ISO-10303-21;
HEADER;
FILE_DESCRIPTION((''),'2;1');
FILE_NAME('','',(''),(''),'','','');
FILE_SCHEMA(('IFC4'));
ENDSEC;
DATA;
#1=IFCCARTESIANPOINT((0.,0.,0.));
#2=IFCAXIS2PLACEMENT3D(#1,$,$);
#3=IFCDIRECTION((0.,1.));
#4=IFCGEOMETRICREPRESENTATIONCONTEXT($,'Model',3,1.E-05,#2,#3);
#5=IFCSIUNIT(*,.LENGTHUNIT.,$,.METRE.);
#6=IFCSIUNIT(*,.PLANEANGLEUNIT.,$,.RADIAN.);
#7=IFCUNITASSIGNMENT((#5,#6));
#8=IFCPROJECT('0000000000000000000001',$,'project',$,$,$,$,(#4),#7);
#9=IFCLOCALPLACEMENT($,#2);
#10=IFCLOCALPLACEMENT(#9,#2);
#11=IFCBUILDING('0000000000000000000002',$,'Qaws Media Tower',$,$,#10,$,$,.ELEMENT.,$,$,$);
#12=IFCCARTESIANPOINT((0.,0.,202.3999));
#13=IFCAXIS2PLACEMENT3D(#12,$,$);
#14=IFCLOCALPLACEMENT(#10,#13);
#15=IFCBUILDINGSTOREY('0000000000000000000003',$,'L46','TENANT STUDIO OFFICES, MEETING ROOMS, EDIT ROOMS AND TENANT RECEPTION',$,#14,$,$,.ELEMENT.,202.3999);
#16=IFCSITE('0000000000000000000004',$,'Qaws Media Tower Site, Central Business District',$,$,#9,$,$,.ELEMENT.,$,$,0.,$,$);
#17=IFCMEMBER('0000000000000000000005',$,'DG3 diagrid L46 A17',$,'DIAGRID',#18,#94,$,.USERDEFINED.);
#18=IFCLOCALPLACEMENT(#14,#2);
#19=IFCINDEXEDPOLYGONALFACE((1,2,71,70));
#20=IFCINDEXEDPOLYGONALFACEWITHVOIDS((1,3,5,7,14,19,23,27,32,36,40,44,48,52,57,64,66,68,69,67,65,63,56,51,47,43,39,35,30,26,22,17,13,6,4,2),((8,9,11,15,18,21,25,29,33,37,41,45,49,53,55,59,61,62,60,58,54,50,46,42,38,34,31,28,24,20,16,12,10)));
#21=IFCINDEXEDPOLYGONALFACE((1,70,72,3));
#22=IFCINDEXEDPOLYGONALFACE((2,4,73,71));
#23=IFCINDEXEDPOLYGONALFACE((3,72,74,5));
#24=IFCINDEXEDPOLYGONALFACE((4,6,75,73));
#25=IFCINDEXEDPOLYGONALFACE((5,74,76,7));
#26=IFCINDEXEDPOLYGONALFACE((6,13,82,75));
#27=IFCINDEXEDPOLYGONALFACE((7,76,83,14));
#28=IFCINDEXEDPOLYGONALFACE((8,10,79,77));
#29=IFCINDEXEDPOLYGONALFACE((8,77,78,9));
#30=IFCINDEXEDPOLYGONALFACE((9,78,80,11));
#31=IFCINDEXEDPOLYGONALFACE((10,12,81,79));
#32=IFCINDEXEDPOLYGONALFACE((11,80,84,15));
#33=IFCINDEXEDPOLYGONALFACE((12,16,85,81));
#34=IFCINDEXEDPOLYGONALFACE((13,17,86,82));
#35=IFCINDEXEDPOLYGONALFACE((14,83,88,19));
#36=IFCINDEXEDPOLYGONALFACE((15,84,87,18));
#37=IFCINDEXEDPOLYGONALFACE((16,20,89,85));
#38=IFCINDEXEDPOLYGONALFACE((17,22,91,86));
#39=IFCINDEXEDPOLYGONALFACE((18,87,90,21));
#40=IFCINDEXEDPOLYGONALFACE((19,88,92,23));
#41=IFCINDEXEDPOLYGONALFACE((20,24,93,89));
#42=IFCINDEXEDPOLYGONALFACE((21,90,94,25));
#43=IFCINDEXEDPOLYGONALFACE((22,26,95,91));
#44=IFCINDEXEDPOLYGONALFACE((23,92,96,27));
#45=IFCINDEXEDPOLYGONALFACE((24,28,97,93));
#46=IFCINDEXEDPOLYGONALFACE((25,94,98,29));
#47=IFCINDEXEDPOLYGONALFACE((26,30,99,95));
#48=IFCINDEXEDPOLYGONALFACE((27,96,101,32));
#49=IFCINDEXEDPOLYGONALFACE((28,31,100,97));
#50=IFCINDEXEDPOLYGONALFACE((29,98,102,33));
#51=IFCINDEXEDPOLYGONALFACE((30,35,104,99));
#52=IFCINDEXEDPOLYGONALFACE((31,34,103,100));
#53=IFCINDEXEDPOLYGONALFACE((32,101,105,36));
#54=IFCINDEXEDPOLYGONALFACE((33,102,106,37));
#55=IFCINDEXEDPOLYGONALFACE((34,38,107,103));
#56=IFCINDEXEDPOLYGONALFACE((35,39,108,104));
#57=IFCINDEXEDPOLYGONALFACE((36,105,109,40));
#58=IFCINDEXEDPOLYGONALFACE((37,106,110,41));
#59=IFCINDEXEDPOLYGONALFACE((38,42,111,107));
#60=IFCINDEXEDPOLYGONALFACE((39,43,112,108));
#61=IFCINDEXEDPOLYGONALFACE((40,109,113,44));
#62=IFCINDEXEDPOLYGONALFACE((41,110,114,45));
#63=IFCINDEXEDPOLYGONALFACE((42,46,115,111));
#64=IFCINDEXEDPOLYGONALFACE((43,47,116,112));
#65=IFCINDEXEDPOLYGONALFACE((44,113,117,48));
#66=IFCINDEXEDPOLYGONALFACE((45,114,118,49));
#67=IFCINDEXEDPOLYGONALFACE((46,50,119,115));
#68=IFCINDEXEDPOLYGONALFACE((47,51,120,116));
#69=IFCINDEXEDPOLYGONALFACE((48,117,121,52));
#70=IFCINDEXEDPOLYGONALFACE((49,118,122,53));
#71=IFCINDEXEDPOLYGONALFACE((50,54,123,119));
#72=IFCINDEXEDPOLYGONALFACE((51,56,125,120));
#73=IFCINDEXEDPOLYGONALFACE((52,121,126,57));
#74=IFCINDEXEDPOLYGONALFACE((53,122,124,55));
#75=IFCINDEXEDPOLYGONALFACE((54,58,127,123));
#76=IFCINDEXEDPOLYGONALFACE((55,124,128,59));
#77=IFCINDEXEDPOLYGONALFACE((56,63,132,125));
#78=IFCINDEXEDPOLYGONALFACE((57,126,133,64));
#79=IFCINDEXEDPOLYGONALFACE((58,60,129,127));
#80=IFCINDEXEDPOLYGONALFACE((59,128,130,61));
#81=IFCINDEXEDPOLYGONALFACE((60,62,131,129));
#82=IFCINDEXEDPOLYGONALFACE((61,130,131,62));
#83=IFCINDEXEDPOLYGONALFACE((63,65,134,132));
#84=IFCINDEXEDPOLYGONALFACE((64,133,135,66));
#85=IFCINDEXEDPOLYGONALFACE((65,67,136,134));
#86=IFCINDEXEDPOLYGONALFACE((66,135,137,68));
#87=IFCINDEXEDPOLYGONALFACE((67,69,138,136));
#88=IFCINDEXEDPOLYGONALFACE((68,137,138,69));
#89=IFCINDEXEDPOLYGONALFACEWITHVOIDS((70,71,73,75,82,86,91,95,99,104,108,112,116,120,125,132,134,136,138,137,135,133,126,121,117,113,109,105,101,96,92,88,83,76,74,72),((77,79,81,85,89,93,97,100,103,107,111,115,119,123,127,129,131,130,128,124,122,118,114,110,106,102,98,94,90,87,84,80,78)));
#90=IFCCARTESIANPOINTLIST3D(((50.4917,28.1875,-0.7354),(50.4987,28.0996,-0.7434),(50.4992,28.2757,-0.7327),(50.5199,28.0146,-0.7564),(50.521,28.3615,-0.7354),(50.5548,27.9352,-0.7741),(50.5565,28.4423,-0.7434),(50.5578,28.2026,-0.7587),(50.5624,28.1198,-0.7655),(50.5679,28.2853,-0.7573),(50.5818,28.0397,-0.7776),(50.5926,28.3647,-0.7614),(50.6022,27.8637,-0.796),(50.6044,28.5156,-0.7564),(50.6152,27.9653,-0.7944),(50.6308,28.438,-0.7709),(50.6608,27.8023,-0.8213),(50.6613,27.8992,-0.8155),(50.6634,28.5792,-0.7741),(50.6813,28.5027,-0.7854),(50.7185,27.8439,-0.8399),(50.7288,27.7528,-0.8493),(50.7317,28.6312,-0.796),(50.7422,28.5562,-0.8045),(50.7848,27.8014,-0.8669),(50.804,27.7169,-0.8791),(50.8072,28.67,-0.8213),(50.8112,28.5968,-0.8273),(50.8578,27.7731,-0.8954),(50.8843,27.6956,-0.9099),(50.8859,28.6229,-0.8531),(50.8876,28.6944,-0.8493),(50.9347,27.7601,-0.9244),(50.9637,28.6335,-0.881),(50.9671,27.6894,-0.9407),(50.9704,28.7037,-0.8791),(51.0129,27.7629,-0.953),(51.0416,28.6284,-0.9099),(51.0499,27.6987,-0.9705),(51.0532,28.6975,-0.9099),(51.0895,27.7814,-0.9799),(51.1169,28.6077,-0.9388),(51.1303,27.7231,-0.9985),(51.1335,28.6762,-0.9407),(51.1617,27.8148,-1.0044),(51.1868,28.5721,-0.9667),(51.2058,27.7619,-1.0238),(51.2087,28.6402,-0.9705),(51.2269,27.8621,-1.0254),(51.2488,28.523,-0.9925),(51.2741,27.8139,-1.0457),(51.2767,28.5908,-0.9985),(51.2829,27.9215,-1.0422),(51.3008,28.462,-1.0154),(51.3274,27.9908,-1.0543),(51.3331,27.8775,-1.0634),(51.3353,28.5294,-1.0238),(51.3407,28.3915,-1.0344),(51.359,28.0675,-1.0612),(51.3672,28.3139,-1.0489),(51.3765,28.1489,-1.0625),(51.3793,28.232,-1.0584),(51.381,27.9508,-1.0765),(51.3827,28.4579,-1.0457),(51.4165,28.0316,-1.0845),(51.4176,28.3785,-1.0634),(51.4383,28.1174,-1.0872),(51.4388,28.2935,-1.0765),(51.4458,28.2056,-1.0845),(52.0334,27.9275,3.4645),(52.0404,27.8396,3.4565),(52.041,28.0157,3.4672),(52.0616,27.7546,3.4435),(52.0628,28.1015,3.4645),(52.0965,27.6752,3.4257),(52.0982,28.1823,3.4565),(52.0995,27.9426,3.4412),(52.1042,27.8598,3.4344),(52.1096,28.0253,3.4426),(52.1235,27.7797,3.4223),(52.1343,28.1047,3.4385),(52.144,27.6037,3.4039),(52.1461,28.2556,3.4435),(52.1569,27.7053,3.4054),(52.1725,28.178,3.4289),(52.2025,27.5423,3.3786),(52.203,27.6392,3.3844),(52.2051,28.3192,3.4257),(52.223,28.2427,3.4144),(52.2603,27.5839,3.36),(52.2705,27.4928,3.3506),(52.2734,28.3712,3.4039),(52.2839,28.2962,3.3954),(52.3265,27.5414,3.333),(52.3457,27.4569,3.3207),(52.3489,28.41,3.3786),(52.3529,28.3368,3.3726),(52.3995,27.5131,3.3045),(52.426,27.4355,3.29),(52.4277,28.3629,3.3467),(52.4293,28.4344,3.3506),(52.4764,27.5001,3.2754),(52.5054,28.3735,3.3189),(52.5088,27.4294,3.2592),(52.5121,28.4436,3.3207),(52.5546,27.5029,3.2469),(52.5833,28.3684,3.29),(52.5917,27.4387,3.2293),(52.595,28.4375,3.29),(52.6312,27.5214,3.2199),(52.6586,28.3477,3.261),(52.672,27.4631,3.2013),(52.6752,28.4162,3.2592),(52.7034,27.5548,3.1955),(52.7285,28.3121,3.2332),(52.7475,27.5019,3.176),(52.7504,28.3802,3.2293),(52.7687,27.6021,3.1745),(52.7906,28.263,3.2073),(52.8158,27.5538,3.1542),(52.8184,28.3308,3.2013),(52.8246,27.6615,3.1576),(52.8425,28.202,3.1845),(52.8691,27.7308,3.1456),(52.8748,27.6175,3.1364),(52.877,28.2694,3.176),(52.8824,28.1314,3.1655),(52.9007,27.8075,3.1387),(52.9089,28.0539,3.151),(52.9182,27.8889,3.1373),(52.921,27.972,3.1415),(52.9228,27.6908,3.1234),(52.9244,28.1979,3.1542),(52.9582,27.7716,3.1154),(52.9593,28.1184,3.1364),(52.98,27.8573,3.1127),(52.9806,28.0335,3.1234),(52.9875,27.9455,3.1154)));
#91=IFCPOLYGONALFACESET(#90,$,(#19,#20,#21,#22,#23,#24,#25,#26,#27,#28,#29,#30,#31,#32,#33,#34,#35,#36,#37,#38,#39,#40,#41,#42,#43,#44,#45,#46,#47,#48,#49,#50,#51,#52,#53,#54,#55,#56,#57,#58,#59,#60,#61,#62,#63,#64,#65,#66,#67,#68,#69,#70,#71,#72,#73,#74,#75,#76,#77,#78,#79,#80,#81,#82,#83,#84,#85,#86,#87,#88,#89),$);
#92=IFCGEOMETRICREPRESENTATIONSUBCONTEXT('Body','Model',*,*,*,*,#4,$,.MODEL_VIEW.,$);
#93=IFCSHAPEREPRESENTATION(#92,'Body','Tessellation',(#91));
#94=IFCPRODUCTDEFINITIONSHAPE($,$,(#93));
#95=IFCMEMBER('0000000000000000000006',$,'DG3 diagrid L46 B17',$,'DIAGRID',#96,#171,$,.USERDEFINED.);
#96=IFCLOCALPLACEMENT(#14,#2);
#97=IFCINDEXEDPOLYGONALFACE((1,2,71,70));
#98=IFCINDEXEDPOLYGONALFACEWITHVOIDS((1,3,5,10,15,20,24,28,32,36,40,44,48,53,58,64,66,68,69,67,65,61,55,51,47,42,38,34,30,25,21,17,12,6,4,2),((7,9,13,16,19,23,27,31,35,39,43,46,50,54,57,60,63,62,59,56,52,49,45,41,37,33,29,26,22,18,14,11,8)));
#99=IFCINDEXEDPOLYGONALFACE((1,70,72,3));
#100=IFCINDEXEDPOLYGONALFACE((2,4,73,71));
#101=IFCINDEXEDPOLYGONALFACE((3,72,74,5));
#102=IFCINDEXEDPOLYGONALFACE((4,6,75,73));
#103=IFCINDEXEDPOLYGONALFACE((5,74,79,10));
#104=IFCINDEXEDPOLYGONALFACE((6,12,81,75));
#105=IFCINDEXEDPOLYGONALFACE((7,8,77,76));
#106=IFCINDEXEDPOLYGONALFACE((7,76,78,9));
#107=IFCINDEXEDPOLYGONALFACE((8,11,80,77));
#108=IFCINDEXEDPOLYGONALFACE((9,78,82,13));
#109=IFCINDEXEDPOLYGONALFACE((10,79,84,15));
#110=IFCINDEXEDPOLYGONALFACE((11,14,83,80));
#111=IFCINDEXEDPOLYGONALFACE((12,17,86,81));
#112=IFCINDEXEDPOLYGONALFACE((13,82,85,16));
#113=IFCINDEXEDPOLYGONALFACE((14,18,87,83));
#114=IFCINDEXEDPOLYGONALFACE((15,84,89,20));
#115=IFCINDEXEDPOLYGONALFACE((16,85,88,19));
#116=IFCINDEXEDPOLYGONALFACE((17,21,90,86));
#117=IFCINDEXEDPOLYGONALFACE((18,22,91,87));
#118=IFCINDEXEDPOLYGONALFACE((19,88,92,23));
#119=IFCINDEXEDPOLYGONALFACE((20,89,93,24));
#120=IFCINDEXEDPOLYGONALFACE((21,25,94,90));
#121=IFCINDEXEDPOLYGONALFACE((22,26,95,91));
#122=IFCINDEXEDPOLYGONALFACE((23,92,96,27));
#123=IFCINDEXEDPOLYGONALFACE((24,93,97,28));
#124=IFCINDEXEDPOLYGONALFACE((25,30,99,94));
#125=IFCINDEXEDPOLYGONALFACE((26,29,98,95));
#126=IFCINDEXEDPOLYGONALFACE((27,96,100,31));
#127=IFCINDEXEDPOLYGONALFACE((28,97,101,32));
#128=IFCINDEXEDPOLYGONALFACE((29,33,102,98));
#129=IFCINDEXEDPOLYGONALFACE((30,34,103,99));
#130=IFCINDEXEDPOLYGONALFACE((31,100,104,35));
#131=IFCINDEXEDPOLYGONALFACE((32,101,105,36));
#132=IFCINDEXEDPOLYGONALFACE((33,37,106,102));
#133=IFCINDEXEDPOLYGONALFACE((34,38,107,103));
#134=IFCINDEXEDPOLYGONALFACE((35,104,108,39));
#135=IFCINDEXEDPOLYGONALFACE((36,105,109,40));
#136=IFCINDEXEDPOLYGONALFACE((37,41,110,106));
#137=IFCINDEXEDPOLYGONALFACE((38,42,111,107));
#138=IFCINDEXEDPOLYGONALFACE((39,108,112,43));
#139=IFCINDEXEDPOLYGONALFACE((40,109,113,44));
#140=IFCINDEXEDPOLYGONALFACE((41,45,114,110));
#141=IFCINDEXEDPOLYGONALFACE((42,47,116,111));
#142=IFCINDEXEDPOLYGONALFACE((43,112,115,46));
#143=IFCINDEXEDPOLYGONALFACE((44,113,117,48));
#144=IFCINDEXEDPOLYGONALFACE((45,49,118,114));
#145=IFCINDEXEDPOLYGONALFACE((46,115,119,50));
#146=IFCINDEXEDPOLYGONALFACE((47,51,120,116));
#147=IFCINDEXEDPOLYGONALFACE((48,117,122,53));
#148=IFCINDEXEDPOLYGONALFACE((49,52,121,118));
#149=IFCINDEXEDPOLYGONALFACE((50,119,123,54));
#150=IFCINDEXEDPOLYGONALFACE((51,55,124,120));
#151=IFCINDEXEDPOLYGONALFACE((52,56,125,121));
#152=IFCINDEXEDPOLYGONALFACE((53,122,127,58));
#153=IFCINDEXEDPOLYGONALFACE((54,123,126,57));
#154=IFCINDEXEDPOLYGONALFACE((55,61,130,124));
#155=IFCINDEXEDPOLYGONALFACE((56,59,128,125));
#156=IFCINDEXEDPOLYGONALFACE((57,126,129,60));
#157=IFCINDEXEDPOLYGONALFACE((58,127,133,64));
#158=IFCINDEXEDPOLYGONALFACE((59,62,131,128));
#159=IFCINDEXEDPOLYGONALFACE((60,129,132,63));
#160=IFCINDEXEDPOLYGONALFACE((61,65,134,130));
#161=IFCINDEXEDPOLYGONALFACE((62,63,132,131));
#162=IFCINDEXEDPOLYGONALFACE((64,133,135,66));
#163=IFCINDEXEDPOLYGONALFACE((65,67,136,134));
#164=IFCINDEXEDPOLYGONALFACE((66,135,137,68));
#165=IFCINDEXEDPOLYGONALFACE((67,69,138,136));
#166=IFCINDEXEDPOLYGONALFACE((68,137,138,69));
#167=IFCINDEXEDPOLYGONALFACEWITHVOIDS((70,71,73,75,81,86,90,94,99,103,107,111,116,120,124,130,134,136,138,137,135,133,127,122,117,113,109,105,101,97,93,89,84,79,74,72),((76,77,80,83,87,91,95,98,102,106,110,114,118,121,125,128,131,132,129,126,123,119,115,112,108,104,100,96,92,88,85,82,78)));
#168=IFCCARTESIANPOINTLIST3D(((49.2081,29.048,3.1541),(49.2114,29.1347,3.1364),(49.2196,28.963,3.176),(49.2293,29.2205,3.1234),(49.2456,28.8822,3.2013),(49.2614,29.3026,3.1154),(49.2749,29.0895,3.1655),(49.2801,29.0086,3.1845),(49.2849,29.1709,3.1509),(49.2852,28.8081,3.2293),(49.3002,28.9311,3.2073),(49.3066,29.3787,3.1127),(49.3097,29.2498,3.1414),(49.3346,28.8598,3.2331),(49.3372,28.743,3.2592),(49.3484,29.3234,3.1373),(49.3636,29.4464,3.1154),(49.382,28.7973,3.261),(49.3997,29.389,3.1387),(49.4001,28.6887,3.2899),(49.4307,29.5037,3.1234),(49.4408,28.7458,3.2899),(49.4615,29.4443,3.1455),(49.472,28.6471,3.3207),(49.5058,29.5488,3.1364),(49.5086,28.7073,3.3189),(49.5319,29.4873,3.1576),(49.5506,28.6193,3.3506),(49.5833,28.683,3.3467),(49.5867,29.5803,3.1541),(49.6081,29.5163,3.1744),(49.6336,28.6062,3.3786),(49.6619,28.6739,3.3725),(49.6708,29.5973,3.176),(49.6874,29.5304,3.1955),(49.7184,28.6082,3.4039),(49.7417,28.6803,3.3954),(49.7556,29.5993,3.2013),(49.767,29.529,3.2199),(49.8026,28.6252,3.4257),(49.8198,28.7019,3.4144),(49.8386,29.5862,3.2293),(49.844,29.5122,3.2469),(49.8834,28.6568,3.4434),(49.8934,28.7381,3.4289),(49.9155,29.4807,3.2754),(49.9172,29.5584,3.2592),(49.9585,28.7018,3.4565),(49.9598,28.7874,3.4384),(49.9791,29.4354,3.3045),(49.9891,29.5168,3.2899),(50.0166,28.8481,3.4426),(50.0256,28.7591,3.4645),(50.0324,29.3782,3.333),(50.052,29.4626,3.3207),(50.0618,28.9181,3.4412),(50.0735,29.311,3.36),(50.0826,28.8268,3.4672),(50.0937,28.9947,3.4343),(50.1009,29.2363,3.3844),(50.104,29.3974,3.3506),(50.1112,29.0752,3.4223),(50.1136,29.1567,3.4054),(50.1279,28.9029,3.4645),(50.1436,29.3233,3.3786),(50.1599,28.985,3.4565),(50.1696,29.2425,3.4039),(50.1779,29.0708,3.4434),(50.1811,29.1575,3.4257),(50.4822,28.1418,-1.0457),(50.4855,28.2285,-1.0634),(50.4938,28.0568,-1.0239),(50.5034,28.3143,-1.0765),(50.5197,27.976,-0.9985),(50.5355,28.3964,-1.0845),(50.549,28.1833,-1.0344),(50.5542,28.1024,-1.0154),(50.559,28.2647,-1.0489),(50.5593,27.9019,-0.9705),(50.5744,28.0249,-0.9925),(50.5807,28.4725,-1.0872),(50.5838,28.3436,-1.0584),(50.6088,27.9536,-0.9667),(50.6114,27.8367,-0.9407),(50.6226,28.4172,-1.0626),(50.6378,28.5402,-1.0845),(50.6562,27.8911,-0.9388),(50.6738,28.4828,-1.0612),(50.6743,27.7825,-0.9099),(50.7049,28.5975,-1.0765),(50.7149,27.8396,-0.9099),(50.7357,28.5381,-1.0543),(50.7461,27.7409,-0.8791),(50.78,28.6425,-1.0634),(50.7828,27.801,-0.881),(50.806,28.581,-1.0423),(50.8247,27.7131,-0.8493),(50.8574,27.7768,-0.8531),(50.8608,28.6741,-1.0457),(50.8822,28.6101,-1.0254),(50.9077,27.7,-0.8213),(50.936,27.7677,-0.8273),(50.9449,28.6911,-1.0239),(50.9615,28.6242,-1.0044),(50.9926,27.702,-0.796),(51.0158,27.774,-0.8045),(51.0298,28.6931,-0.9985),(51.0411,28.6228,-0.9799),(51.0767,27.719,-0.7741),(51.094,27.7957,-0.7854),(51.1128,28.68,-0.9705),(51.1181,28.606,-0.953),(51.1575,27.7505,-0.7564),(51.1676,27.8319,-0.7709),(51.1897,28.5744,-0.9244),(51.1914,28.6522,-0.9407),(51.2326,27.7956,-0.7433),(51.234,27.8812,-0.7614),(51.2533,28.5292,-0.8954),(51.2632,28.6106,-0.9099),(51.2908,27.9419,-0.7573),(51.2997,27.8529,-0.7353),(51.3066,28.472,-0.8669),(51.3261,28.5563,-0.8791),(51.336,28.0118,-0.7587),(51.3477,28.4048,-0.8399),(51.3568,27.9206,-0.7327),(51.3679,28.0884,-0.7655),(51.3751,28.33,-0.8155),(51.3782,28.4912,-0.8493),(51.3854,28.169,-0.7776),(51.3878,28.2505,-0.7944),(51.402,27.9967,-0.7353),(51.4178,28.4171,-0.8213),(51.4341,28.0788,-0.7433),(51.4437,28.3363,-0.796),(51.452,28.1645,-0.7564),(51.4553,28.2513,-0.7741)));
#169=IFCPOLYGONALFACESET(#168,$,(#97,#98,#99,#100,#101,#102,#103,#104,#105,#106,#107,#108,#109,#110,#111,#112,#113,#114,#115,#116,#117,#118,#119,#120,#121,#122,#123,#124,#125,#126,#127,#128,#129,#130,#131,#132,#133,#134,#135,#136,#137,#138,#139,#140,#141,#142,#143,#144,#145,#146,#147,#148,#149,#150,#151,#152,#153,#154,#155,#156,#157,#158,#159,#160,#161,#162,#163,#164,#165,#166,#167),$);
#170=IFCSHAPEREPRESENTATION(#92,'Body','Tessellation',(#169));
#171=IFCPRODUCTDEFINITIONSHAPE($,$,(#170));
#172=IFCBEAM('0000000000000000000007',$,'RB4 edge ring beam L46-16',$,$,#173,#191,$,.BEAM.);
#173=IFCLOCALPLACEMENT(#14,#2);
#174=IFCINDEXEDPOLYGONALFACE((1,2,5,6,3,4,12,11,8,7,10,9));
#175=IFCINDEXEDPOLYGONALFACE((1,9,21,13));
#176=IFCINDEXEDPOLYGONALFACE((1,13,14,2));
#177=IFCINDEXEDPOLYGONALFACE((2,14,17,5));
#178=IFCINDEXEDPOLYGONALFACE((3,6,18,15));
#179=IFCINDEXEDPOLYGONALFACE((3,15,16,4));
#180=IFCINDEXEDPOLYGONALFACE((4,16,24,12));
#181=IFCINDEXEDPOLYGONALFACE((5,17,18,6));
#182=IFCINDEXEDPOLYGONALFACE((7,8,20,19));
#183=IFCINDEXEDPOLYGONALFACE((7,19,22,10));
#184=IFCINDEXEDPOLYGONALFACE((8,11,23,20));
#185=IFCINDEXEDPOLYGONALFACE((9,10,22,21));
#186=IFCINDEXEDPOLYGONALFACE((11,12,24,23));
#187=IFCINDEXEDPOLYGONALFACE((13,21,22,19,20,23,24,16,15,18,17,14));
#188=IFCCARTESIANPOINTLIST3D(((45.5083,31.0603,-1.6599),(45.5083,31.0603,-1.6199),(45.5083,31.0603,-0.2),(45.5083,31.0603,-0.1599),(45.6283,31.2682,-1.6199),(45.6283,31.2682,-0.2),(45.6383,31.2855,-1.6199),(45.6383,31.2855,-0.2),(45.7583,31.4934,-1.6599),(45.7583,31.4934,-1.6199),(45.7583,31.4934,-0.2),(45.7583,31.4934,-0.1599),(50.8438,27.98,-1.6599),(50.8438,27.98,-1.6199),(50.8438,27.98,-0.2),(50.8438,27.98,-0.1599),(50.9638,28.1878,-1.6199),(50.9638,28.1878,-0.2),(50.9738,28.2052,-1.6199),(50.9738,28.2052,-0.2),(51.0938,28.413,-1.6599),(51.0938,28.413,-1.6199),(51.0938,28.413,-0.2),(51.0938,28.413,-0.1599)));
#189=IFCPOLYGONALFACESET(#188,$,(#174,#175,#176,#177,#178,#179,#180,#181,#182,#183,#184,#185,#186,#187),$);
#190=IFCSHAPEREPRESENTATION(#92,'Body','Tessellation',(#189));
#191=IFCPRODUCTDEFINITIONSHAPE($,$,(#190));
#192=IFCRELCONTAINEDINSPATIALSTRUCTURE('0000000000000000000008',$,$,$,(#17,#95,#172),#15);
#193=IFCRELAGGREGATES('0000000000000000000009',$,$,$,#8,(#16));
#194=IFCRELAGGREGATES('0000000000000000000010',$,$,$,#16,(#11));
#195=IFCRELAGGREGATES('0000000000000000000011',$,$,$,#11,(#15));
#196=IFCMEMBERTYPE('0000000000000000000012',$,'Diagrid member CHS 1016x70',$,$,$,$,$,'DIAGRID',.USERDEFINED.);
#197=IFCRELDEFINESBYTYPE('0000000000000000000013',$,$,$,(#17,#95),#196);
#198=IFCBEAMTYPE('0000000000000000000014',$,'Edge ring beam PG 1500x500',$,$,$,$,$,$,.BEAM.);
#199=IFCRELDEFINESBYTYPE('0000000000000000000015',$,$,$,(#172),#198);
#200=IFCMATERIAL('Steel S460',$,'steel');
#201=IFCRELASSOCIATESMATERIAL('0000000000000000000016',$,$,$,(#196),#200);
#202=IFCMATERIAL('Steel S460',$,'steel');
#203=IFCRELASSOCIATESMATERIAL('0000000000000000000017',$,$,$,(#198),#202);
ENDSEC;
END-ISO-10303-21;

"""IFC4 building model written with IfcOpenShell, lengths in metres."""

from ifc_helpers import new_model, si_unit, direction, frame, origin, origin_2d, place, context, subcontext, project, spatial, hollow_circle, i_section, extrude, material, material_profile, profile_set, type_object, element, save


model = new_model("IFC4")

# Units and contexts
model_context = context("Model", 3, precision=1e-05, world=origin(), true_north=direction((0.0, 1.0)))
body_context = subcontext(model_context, "Body", "Model", "MODEL_VIEW")
ifc_project = project(units=[si_unit("LENGTHUNIT", "METRE"), si_unit("PLANEANGLEUNIT", "RADIAN")], contexts=[model_context])

# Site, building, storey
site_placement = place(None, origin())
site = spatial("IfcSite", under=ifc_project, at=site_placement, Name="Qaws Media Tower Site, Central Business District", CompositionType="ELEMENT", RefElevation=0.0)
building_placement = place(site_placement, origin())
building = spatial("IfcBuilding", under=site, at=building_placement, Name="Qaws Media Tower", CompositionType="ELEMENT")
storey_placement = place(building_placement, frame((0.0, 0.0, 202.3999)))
storey = spatial("IfcBuildingStorey", under=building, at=storey_placement, Name="L46", Description="TENANT STUDIO OFFICES, MEETING ROOMS, EDIT ROOMS AND TENANT RECEPTION", CompositionType="ELEMENT", Elevation=202.3999)

# Members
ifc_material_1 = material(Name="Steel S460", Category="steel")
ifc_material_profile_1 = material_profile(ifc_material_1, hollow_circle(Radius=0.5081, WallThickness=0.0701, at=origin_2d()), Name="CHS 1016x70")
ifc_profile_set_1 = profile_set([ifc_material_profile_1], Name="Steel S460")
member_type_1 = type_object("IfcMemberType", Name="Diagrid member CHS 1016x70", ElementType="DIAGRID", PredefinedType="USERDEFINED", material=ifc_profile_set_1)
for number, where, z_axis, x_axis, name in (
    (1, (50.9688, 28.1965, -0.9099), (0.344022, -0.058018, 0.937167), (0.166298, 0.986076, 0.0), "DG3 diagrid L46 A17"),
    (2, (50.9688, 28.1965, -0.9099), (-0.284314, 0.202217, 0.937163), (-0.579598, -0.814903, 0.0), "DG3 diagrid L46 B17"),
):
    element("IfcMember", number, at=place(storey_placement, frame(where, z_axis=z_axis, x_axis=x_axis)), inside=storey, type_object=member_type_1, Name=name, ObjectType="DIAGRID", PredefinedType="USERDEFINED", context=body_context, shape_type="SweptSolid", body=[
        extrude(hollow_circle(Radius=0.5081, WallThickness=0.0701, at=origin_2d()), origin(), (0.0, 0.0, 1.0), 4.4814),
    ])

# Beam
ifc_material_2 = material(Name="Steel S460", Category="steel")
ifc_material_profile_2 = material_profile(ifc_material_2, i_section(OverallWidth=0.5, OverallDepth=1.5, WebThickness=0.02, FlangeThickness=0.04, at=origin_2d()), Name="PG 1500x500")
ifc_profile_set_2 = profile_set([ifc_material_profile_2], Name="Steel S460")
beam_type = type_object("IfcBeamType", Name="Edge ring beam PG 1500x500", PredefinedType="BEAM", material=ifc_profile_set_2)
for number, where, z_axis, x_axis, name in (
    (3, (45.6333, 31.2769, -0.9099), (0.866032, -0.499988, 0.0), (0.499988, 0.866032, 0.0), "RB4 edge ring beam L46-16"),
):
    element("IfcBeam", number, at=place(storey_placement, frame(where, z_axis=z_axis, x_axis=x_axis)), inside=storey, type_object=beam_type, Name=name, PredefinedType="BEAM", context=body_context, shape_type="SweptSolid", body=[
        extrude(i_section(OverallWidth=0.5, OverallDepth=1.5, WebThickness=0.02, FlangeThickness=0.04, at=origin_2d()), origin(), (0.0, 0.0, 1.0), 6.1609),
    ])

save(model, "model.ifc")
